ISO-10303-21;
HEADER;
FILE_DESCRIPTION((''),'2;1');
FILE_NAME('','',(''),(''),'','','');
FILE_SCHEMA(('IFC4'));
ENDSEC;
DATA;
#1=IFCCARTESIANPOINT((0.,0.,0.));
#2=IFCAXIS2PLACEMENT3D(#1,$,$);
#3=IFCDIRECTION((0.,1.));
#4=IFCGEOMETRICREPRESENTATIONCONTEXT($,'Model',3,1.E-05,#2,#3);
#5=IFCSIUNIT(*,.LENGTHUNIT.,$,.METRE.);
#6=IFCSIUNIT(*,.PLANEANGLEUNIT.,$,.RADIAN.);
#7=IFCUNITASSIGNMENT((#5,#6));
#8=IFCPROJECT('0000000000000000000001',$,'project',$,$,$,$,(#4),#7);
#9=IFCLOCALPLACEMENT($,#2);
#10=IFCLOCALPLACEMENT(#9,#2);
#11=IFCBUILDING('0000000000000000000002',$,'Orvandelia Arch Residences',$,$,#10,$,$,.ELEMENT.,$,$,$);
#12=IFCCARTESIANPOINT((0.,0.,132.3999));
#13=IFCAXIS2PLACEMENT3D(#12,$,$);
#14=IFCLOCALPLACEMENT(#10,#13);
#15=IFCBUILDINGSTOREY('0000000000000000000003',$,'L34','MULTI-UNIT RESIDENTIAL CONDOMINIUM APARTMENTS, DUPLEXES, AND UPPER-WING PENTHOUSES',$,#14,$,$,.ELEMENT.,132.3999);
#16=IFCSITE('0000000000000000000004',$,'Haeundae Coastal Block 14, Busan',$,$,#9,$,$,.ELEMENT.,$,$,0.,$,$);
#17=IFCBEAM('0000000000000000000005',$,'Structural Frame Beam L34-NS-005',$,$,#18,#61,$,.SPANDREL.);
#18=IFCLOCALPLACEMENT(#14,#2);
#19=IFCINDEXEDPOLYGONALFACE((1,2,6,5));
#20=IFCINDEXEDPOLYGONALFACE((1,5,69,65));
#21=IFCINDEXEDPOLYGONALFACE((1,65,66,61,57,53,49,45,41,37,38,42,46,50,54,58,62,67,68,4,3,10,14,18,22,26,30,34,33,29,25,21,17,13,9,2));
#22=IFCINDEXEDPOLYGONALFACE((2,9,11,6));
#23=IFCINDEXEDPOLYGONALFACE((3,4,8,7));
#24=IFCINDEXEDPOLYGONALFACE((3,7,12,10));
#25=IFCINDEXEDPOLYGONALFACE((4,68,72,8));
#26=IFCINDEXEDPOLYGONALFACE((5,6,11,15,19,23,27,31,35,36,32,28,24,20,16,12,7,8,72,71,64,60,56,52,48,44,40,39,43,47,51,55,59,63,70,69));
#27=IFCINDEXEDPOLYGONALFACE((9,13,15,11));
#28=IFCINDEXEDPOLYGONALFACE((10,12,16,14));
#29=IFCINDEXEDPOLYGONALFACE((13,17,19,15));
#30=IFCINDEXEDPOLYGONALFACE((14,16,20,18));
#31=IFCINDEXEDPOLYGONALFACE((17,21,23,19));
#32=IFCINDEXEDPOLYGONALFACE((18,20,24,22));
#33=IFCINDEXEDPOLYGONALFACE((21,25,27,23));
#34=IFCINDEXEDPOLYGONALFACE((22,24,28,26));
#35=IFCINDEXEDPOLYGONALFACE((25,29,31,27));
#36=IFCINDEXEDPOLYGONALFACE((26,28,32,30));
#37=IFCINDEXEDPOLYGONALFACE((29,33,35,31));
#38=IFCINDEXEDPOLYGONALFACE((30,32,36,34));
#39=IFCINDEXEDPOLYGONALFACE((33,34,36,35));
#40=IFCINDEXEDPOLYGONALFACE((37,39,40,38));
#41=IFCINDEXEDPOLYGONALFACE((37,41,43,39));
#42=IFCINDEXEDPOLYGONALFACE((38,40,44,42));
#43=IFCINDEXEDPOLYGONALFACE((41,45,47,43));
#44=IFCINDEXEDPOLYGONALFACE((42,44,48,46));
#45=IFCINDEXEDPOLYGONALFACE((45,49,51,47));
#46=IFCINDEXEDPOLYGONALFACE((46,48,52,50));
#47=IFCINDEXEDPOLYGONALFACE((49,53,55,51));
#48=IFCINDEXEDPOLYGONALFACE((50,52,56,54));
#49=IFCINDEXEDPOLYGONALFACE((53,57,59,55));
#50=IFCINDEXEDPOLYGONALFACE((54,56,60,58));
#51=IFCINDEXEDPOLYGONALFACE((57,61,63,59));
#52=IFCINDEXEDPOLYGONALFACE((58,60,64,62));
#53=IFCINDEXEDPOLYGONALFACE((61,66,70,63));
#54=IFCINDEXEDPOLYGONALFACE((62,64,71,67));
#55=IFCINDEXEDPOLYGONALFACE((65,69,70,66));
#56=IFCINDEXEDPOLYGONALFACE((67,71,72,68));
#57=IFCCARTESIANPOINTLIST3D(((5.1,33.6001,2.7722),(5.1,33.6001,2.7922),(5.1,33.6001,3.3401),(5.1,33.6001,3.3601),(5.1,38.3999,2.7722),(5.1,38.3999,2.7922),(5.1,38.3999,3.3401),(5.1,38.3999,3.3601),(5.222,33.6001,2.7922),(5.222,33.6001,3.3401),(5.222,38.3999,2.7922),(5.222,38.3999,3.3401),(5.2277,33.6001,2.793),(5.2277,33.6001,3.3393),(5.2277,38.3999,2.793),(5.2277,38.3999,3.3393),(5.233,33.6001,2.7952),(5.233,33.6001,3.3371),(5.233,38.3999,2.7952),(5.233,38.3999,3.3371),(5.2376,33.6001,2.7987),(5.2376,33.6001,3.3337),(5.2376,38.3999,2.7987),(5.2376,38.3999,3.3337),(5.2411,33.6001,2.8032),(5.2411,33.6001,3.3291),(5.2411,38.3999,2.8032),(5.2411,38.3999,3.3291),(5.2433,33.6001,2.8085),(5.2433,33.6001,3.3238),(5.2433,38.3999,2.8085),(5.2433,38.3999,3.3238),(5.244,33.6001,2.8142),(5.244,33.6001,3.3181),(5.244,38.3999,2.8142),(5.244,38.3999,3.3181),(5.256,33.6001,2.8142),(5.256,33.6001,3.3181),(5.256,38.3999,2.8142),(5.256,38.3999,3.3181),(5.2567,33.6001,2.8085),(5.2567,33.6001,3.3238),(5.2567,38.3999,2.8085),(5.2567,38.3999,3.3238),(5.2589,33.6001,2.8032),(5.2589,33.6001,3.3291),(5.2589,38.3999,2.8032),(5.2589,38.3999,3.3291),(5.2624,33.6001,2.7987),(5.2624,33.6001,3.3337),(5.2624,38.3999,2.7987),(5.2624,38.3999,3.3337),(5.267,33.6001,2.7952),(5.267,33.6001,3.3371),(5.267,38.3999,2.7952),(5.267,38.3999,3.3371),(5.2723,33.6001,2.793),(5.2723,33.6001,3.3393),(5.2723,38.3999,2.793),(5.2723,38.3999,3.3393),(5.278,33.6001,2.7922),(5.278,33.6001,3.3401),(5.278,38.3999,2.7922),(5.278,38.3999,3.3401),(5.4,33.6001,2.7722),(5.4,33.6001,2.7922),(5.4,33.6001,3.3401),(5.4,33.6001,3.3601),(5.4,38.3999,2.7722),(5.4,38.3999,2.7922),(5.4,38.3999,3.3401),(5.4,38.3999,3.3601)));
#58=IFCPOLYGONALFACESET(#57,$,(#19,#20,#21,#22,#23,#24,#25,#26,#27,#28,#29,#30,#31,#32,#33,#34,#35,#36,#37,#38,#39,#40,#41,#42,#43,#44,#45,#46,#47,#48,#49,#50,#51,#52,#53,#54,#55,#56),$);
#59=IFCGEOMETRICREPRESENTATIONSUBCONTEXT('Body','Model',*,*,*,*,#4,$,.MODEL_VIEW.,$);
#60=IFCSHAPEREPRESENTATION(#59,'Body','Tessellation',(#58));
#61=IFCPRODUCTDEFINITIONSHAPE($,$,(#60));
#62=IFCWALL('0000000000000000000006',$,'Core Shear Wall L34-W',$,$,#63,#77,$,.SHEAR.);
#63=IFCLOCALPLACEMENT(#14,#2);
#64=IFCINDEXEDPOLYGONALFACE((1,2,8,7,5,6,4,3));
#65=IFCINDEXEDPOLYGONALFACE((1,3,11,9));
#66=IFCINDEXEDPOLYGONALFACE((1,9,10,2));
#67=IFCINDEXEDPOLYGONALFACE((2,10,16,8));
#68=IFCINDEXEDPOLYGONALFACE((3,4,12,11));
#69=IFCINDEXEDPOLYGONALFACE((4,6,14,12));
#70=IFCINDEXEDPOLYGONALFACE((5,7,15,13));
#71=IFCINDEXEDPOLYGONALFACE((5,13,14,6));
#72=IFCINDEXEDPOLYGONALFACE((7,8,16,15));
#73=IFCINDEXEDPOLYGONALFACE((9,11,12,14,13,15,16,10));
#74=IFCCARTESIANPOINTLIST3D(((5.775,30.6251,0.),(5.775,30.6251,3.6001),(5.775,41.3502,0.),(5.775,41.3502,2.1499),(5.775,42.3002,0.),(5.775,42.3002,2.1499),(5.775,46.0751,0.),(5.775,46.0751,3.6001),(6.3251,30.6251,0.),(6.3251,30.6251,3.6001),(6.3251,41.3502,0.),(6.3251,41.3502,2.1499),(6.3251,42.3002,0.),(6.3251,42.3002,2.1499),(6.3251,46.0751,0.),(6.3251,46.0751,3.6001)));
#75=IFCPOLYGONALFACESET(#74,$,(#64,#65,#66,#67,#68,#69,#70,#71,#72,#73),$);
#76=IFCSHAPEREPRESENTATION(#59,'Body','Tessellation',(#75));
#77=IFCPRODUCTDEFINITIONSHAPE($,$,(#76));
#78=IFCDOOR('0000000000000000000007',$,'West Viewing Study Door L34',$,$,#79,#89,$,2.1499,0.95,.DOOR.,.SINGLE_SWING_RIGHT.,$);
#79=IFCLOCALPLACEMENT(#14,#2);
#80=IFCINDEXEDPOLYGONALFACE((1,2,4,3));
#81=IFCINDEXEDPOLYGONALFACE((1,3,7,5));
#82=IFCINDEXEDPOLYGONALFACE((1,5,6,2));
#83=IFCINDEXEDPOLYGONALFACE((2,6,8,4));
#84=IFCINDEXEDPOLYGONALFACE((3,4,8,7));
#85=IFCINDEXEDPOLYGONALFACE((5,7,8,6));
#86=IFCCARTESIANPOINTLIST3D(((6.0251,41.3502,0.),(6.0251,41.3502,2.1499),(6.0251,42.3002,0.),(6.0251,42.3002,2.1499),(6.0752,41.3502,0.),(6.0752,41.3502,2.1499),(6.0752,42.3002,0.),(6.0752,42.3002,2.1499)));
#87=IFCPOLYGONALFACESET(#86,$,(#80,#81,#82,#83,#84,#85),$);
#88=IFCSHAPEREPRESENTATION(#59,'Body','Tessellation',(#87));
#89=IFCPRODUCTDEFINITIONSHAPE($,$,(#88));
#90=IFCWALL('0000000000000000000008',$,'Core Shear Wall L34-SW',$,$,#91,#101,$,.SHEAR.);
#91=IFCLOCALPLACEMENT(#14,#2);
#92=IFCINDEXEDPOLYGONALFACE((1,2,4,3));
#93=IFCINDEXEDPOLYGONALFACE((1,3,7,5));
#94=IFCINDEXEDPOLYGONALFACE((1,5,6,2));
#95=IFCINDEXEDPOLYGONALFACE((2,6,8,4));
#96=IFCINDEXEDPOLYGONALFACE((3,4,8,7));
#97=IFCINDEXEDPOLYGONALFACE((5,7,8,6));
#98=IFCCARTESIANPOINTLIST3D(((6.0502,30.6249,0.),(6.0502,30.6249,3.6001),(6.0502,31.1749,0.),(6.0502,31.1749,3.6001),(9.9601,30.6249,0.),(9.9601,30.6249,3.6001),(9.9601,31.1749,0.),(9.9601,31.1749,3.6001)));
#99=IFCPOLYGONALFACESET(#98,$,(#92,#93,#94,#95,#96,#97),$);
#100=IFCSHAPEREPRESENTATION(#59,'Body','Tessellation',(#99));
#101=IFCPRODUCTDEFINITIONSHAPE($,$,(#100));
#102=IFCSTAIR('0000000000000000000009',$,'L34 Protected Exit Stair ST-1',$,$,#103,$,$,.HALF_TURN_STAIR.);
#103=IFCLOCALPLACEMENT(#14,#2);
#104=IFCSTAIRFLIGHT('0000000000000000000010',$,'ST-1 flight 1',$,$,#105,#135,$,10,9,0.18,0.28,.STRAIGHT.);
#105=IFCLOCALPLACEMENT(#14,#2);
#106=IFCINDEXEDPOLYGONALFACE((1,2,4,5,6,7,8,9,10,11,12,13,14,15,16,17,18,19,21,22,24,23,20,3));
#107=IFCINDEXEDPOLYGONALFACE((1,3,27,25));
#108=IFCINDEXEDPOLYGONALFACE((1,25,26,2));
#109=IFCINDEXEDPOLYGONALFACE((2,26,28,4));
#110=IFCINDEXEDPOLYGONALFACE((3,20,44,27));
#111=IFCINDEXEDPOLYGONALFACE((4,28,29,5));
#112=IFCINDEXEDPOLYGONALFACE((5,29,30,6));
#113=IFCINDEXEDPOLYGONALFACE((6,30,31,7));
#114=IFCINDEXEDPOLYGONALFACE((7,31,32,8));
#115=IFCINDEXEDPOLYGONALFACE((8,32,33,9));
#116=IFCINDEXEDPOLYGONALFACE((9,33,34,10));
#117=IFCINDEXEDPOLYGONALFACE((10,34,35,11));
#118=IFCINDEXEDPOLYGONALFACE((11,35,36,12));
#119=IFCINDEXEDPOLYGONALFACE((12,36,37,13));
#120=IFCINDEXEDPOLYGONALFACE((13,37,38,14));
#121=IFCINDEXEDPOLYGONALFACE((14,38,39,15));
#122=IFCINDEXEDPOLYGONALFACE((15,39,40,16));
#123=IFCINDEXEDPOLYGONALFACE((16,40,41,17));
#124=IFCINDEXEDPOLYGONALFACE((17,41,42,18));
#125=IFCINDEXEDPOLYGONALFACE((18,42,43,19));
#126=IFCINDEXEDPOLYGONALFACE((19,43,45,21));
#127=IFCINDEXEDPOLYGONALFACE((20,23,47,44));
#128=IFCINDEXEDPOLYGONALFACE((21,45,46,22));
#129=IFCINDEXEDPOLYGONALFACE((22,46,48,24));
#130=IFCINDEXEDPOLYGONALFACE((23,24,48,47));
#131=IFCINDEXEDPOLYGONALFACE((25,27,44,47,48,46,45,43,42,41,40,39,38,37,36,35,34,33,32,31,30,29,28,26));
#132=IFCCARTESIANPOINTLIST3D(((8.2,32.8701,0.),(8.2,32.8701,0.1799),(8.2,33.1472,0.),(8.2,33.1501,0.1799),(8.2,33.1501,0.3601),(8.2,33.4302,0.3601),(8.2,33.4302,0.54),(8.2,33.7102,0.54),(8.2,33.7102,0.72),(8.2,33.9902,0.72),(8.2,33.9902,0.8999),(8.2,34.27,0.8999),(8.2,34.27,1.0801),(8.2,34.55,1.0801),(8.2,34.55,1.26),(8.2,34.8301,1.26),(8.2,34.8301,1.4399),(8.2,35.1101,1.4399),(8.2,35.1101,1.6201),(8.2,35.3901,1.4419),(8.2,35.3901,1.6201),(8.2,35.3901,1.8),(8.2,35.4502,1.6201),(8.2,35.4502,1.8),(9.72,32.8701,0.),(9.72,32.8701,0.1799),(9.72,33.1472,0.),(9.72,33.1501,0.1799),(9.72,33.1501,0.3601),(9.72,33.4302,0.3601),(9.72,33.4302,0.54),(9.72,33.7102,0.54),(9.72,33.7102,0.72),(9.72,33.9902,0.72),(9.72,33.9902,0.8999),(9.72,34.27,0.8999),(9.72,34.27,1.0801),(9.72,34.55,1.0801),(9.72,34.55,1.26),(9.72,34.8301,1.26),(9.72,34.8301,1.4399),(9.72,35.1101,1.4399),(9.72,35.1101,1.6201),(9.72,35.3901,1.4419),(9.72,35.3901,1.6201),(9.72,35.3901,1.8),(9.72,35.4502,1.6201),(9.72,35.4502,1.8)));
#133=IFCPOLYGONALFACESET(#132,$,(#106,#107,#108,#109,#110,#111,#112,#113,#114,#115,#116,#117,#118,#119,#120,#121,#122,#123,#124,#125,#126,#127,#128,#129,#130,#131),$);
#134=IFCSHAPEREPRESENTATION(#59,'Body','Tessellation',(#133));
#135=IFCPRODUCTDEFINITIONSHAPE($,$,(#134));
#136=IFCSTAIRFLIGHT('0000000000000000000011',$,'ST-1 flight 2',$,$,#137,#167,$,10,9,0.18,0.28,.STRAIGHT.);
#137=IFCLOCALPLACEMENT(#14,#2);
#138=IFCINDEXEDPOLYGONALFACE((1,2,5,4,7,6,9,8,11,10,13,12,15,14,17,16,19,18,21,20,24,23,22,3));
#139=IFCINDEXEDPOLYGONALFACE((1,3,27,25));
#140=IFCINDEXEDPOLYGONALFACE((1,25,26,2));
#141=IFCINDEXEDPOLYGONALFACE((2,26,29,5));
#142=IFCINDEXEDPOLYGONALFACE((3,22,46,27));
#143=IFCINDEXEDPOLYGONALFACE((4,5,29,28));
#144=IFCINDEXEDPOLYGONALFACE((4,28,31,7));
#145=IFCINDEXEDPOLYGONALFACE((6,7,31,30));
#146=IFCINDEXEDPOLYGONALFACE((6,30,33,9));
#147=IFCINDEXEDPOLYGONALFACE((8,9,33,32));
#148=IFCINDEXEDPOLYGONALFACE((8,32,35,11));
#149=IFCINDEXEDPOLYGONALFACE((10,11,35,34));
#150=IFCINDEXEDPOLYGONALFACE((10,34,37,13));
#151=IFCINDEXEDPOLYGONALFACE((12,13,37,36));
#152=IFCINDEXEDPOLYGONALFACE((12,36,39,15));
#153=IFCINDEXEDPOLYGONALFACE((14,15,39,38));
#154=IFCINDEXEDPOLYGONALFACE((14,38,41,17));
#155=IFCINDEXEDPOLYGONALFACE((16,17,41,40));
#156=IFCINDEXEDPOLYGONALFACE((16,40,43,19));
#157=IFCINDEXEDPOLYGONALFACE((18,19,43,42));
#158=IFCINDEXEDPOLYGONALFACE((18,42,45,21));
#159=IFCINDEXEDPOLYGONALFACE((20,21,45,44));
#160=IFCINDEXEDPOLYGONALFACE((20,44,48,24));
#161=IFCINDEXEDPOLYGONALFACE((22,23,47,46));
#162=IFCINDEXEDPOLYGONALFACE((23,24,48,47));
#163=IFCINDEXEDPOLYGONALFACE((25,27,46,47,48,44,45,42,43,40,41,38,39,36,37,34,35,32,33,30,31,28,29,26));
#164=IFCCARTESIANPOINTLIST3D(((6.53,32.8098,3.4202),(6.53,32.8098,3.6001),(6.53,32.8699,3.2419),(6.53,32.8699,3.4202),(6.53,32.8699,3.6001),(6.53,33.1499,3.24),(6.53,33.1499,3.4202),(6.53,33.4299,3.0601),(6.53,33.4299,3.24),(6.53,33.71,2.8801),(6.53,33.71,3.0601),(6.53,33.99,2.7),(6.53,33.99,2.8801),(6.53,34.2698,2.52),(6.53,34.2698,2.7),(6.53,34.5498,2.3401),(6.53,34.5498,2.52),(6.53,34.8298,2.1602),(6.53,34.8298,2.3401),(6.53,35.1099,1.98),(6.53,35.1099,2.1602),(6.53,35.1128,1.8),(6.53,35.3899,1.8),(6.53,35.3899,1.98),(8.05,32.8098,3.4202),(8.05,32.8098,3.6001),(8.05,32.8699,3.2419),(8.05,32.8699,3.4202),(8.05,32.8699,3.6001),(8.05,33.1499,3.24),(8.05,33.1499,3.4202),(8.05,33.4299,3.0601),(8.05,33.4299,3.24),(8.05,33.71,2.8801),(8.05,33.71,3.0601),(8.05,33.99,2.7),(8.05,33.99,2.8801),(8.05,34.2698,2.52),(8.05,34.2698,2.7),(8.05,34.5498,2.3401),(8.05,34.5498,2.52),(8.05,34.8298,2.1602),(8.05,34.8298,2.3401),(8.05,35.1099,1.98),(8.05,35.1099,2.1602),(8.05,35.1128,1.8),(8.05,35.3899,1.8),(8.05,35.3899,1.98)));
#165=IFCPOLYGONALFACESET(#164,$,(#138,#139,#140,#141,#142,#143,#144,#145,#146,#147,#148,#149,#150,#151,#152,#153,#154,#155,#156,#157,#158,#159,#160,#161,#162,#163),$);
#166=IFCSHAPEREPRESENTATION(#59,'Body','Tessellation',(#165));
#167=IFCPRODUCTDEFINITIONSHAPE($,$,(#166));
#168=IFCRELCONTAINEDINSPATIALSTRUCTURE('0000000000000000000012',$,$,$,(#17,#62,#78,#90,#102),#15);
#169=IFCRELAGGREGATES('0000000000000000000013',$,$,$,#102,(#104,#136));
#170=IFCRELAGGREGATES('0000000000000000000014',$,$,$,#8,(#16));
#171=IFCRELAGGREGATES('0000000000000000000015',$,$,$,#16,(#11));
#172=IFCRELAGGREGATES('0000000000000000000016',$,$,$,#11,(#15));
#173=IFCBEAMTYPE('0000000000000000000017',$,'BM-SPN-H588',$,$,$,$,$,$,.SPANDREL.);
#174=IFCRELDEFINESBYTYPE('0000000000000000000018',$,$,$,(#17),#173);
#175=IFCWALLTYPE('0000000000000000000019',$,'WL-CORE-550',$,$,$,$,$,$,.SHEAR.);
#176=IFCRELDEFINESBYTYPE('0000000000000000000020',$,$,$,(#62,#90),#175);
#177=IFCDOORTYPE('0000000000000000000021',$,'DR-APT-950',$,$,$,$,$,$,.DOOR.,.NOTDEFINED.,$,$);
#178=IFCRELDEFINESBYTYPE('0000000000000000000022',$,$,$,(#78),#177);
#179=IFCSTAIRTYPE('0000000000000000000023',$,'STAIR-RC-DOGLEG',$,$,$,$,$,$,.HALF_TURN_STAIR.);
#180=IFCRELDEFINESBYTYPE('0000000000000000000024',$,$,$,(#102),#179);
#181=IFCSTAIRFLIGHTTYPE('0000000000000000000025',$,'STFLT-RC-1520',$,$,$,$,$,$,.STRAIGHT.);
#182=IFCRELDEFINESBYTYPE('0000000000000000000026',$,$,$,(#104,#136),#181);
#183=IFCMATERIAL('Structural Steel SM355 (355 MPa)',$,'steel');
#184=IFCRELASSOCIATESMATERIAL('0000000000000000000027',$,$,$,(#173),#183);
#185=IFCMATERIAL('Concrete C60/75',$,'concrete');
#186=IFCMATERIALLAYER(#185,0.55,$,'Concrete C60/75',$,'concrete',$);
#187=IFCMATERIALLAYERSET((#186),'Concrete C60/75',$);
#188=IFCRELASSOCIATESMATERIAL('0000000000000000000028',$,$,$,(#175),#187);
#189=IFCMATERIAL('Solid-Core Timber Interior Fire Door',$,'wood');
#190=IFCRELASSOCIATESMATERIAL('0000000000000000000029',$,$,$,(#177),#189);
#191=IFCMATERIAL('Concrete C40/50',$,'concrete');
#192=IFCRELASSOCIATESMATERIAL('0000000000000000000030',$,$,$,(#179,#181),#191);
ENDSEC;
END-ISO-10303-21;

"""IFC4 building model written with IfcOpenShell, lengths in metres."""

from ifc_helpers import new_model, si_unit, direction, frame, frame_2d, origin, origin_2d, place, context, subcontext, project, spatial, polyline, rectangle, i_section, outline, extrude, material, layer, layer_set, material_profile, profile_set, type_object, element, fill, aggregate, save


model = new_model("IFC4")

# Units and contexts
model_context = context("Model", 3, precision=1e-05, world=origin(), true_north=direction((0.0, 1.0)))
body_context = subcontext(model_context, "Body", "Model", "MODEL_VIEW")
ifc_project = project(units=[si_unit("LENGTHUNIT", "METRE"), si_unit("PLANEANGLEUNIT", "RADIAN")], contexts=[model_context])

# Site, building, storey
site_placement = place(None, origin())
site = spatial("IfcSite", under=ifc_project, at=site_placement, Name="Haeundae Coastal Block 14, Busan", CompositionType="ELEMENT", RefElevation=0.0)
building_placement = place(site_placement, origin())
building = spatial("IfcBuilding", under=site, at=building_placement, Name="Orvandelia Arch Residences", CompositionType="ELEMENT")
storey_placement = place(building_placement, frame((0.0, 0.0, 132.3999)))
storey = spatial("IfcBuildingStorey", under=building, at=storey_placement, Name="L34", Description="MULTI-UNIT RESIDENTIAL CONDOMINIUM APARTMENTS, DUPLEXES, AND UPPER-WING PENTHOUSES", CompositionType="ELEMENT", Elevation=132.3999)

# Shared definitions
ifc_material_1 = material(Name="Concrete C60/75", Category="concrete")

# Beam
ifc_material_2 = material(Name="Structural Steel SM355 (355 MPa)", Category="steel")
ifc_material_profile_1 = material_profile(ifc_material_2, i_section(OverallWidth=0.3, OverallDepth=0.5879, WebThickness=0.012, FlangeThickness=0.02, FilletRadius=0.022, at=origin_2d()), Name="Structural Steel SM355 (355 MPa)", Category="steel")
ifc_profile_set_1 = profile_set([ifc_material_profile_1], Name="Structural Steel SM355 (355 MPa)")
beam_type_1 = type_object("IfcBeamType", Name="BM-SPN-H588", PredefinedType="SPANDREL", material=ifc_profile_set_1)
beam_1_placement = place(storey_placement, frame((5.25, 33.6001, 3.0662), z_axis=(0.0, 1.0, 0.0), x_axis=(-1.0, 0.0, 0.0)))
element("IfcBeam", 1, at=beam_1_placement, inside=storey, type_object=beam_type_1, Name="Structural Frame Beam L34-NS-005", PredefinedType="SPANDREL", context=body_context, shape_type="SweptSolid", body=[
    extrude(i_section(OverallWidth=0.3, OverallDepth=0.5879, WebThickness=0.012, FlangeThickness=0.02, FilletRadius=0.022, at=origin_2d()), origin(), (0.0, 0.0, 1.0), 4.7998),
])

# Wall, opening, door
ifc_layer = layer(ifc_material_1, 0.55, Name="Concrete C60/75", Category="concrete")
ifc_layer_set = layer_set([ifc_layer], Name="Concrete C60/75")
wall_type = type_object("IfcWallType", Name="WL-CORE-550", PredefinedType="SHEAR", material=ifc_layer_set)
wall_1_placement = place(storey_placement, frame((6.05, 30.625, 0.0), z_axis=(0.0, 0.0, 1.0), x_axis=(0.0, 1.0, 0.0)))
wall_1 = element("IfcWall", 2, at=wall_1_placement, inside=storey, type_object=wall_type, Name="Core Shear Wall L34-W", PredefinedType="SHEAR", context=body_context, shape_type="SweptSolid", body=[
    extrude(rectangle(XDim=15.45, YDim=0.55, at=frame_2d((7.7251, 0.0))), origin(), (0.0, 0.0, 1.0), 3.6001),
])
opening_placement = place(wall_1_placement, frame((10.7251, 0.0, 0.0)))
opening = element("IfcOpeningElement", 3, at=opening_placement, cuts=wall_1, PredefinedType="OPENING", context=body_context, shape_type="SweptSolid", body=[
    extrude(rectangle(XDim=0.95, YDim=2.1499, at=frame_2d((0.4751, 1.075))), frame((0.0, 0.2852, 0.0), z_axis=(0.0, -1.0, 0.0), x_axis=(1.0, 0.0, 0.0)), (0.0, 0.0, 1.0), 0.5701),
])
ifc_material_3 = material(Name="Solid-Core Timber Interior Fire Door", Category="wood")
door_type = type_object("IfcDoorType", Name="DR-APT-950", OperationType="NOTDEFINED", PredefinedType="DOOR", material=ifc_material_3)
door_placement = place(opening_placement, origin())
door = element("IfcDoor", 4, at=door_placement, inside=storey, type_object=door_type, Name="West Viewing Study Door L34", OperationType="SINGLE_SWING_RIGHT", OverallHeight=2.1499, OverallWidth=0.95, PredefinedType="DOOR", context=body_context, shape_type="SweptSolid", body=[
    extrude(rectangle(XDim=0.95, YDim=2.1499, at=frame_2d((0.4751, 1.075))), frame((0.0, 0.0249, 0.0), z_axis=(0.0, -1.0, 0.0), x_axis=(1.0, 0.0, 0.0)), (0.0, 0.0, 1.0), 0.05),
])
fill(opening, door)

# Wall
wall_2_placement = place(storey_placement, frame((6.05, 30.8999, 0.0), z_axis=(0.0, 0.0, 1.0), x_axis=(1.0, 0.0, 0.0)))
element("IfcWall", 5, at=wall_2_placement, inside=storey, type_object=wall_type, Name="Core Shear Wall L34-SW", PredefinedType="SHEAR", context=body_context, shape_type="SweptSolid", body=[
    extrude(rectangle(XDim=3.9099, YDim=0.55, at=frame_2d((1.9551, 0.0))), origin(), (0.0, 0.0, 1.0), 3.6001),
])

# Stair, stair flights
ifc_material_4 = material(Name="Concrete C40/50", Category="concrete")
stair_type = type_object("IfcStairType", Name="STAIR-RC-DOGLEG", PredefinedType="HALF_TURN_STAIR", material=ifc_material_4)
stair_placement = place(storey_placement, origin())
stair = element("IfcStair", 6, at=stair_placement, inside=storey, type_object=stair_type, Name="L34 Protected Exit Stair ST-1", PredefinedType="HALF_TURN_STAIR")
stair_flight_type = type_object("IfcStairFlightType", Name="STFLT-RC-1520", PredefinedType="STRAIGHT", material=ifc_material_4)
stair_flight_1_placement = place(storey_placement, frame((8.96, 32.8701, 0.0), z_axis=(0.0, 0.0, 1.0), x_axis=(0.0, 1.0, 0.0)))
stair_flight_1 = element("IfcStairFlight", 7, at=stair_flight_1_placement, type_object=stair_flight_type, Name="ST-1 flight 1", NumberOfRisers=10, NumberOfTreads=9, PredefinedType="STRAIGHT", RiserHeight=0.18, TreadLength=0.28, context=body_context, shape_type="SweptSolid", body=[
    extrude(outline(polyline([(0.0, 0.0), (0.0, 0.1799), (0.28, 0.1799), (0.28, 0.3601), (0.5601, 0.3601), (0.5601, 0.54), (0.8401, 0.54), (0.8401, 0.72), (1.1201, 0.72), (1.1201, 0.8999), (1.3999, 0.8999), (1.3999, 1.0801), (1.6799, 1.0801), (1.6799, 1.26), (1.96, 1.26), (1.96, 1.4399), (2.24, 1.4399), (2.24, 1.6201), (2.52, 1.6201), (2.52, 1.8), (2.5801, 1.8), (2.5801, 1.6201), (2.52, 1.4419), (0.2771, 0.0), (0.0, 0.0)])), frame((0.0, 0.76, 0.0), z_axis=(0.0, -1.0, 0.0), x_axis=(1.0, 0.0, 0.0)), (0.0, 0.0, 1.0), 1.52),
])
stair_flight_2_placement = place(storey_placement, frame((7.29, 35.3899, 1.8), z_axis=(0.0, 0.0, 1.0), x_axis=(0.0, -1.0, 0.0)))
stair_flight_2 = element("IfcStairFlight", 8, at=stair_flight_2_placement, type_object=stair_flight_type, Name="ST-1 flight 2", NumberOfRisers=10, NumberOfTreads=9, PredefinedType="STRAIGHT", RiserHeight=0.18, TreadLength=0.28, context=body_context, shape_type="SweptSolid", body=[
    extrude(outline(polyline([(0.0, 0.0), (0.0, 0.1799), (0.28, 0.1799), (0.28, 0.3601), (0.5601, 0.3601), (0.5601, 0.54), (0.8401, 0.54), (0.8401, 0.72), (1.1201, 0.72), (1.1201, 0.8999), (1.3999, 0.8999), (1.3999, 1.0801), (1.6799, 1.0801), (1.6799, 1.26), (1.96, 1.26), (1.96, 1.4399), (2.24, 1.4399), (2.24, 1.6201), (2.52, 1.6201), (2.52, 1.8), (2.5801, 1.8), (2.5801, 1.6201), (2.52, 1.4419), (0.2771, 0.0), (0.0, 0.0)])), frame((0.0, 0.76, 0.0), z_axis=(0.0, -1.0, 0.0), x_axis=(1.0, 0.0, 0.0)), (0.0, 0.0, 1.0), 1.52),
])
aggregate(stair, [stair_flight_1, stair_flight_2])

save(model, "model.ifc")
